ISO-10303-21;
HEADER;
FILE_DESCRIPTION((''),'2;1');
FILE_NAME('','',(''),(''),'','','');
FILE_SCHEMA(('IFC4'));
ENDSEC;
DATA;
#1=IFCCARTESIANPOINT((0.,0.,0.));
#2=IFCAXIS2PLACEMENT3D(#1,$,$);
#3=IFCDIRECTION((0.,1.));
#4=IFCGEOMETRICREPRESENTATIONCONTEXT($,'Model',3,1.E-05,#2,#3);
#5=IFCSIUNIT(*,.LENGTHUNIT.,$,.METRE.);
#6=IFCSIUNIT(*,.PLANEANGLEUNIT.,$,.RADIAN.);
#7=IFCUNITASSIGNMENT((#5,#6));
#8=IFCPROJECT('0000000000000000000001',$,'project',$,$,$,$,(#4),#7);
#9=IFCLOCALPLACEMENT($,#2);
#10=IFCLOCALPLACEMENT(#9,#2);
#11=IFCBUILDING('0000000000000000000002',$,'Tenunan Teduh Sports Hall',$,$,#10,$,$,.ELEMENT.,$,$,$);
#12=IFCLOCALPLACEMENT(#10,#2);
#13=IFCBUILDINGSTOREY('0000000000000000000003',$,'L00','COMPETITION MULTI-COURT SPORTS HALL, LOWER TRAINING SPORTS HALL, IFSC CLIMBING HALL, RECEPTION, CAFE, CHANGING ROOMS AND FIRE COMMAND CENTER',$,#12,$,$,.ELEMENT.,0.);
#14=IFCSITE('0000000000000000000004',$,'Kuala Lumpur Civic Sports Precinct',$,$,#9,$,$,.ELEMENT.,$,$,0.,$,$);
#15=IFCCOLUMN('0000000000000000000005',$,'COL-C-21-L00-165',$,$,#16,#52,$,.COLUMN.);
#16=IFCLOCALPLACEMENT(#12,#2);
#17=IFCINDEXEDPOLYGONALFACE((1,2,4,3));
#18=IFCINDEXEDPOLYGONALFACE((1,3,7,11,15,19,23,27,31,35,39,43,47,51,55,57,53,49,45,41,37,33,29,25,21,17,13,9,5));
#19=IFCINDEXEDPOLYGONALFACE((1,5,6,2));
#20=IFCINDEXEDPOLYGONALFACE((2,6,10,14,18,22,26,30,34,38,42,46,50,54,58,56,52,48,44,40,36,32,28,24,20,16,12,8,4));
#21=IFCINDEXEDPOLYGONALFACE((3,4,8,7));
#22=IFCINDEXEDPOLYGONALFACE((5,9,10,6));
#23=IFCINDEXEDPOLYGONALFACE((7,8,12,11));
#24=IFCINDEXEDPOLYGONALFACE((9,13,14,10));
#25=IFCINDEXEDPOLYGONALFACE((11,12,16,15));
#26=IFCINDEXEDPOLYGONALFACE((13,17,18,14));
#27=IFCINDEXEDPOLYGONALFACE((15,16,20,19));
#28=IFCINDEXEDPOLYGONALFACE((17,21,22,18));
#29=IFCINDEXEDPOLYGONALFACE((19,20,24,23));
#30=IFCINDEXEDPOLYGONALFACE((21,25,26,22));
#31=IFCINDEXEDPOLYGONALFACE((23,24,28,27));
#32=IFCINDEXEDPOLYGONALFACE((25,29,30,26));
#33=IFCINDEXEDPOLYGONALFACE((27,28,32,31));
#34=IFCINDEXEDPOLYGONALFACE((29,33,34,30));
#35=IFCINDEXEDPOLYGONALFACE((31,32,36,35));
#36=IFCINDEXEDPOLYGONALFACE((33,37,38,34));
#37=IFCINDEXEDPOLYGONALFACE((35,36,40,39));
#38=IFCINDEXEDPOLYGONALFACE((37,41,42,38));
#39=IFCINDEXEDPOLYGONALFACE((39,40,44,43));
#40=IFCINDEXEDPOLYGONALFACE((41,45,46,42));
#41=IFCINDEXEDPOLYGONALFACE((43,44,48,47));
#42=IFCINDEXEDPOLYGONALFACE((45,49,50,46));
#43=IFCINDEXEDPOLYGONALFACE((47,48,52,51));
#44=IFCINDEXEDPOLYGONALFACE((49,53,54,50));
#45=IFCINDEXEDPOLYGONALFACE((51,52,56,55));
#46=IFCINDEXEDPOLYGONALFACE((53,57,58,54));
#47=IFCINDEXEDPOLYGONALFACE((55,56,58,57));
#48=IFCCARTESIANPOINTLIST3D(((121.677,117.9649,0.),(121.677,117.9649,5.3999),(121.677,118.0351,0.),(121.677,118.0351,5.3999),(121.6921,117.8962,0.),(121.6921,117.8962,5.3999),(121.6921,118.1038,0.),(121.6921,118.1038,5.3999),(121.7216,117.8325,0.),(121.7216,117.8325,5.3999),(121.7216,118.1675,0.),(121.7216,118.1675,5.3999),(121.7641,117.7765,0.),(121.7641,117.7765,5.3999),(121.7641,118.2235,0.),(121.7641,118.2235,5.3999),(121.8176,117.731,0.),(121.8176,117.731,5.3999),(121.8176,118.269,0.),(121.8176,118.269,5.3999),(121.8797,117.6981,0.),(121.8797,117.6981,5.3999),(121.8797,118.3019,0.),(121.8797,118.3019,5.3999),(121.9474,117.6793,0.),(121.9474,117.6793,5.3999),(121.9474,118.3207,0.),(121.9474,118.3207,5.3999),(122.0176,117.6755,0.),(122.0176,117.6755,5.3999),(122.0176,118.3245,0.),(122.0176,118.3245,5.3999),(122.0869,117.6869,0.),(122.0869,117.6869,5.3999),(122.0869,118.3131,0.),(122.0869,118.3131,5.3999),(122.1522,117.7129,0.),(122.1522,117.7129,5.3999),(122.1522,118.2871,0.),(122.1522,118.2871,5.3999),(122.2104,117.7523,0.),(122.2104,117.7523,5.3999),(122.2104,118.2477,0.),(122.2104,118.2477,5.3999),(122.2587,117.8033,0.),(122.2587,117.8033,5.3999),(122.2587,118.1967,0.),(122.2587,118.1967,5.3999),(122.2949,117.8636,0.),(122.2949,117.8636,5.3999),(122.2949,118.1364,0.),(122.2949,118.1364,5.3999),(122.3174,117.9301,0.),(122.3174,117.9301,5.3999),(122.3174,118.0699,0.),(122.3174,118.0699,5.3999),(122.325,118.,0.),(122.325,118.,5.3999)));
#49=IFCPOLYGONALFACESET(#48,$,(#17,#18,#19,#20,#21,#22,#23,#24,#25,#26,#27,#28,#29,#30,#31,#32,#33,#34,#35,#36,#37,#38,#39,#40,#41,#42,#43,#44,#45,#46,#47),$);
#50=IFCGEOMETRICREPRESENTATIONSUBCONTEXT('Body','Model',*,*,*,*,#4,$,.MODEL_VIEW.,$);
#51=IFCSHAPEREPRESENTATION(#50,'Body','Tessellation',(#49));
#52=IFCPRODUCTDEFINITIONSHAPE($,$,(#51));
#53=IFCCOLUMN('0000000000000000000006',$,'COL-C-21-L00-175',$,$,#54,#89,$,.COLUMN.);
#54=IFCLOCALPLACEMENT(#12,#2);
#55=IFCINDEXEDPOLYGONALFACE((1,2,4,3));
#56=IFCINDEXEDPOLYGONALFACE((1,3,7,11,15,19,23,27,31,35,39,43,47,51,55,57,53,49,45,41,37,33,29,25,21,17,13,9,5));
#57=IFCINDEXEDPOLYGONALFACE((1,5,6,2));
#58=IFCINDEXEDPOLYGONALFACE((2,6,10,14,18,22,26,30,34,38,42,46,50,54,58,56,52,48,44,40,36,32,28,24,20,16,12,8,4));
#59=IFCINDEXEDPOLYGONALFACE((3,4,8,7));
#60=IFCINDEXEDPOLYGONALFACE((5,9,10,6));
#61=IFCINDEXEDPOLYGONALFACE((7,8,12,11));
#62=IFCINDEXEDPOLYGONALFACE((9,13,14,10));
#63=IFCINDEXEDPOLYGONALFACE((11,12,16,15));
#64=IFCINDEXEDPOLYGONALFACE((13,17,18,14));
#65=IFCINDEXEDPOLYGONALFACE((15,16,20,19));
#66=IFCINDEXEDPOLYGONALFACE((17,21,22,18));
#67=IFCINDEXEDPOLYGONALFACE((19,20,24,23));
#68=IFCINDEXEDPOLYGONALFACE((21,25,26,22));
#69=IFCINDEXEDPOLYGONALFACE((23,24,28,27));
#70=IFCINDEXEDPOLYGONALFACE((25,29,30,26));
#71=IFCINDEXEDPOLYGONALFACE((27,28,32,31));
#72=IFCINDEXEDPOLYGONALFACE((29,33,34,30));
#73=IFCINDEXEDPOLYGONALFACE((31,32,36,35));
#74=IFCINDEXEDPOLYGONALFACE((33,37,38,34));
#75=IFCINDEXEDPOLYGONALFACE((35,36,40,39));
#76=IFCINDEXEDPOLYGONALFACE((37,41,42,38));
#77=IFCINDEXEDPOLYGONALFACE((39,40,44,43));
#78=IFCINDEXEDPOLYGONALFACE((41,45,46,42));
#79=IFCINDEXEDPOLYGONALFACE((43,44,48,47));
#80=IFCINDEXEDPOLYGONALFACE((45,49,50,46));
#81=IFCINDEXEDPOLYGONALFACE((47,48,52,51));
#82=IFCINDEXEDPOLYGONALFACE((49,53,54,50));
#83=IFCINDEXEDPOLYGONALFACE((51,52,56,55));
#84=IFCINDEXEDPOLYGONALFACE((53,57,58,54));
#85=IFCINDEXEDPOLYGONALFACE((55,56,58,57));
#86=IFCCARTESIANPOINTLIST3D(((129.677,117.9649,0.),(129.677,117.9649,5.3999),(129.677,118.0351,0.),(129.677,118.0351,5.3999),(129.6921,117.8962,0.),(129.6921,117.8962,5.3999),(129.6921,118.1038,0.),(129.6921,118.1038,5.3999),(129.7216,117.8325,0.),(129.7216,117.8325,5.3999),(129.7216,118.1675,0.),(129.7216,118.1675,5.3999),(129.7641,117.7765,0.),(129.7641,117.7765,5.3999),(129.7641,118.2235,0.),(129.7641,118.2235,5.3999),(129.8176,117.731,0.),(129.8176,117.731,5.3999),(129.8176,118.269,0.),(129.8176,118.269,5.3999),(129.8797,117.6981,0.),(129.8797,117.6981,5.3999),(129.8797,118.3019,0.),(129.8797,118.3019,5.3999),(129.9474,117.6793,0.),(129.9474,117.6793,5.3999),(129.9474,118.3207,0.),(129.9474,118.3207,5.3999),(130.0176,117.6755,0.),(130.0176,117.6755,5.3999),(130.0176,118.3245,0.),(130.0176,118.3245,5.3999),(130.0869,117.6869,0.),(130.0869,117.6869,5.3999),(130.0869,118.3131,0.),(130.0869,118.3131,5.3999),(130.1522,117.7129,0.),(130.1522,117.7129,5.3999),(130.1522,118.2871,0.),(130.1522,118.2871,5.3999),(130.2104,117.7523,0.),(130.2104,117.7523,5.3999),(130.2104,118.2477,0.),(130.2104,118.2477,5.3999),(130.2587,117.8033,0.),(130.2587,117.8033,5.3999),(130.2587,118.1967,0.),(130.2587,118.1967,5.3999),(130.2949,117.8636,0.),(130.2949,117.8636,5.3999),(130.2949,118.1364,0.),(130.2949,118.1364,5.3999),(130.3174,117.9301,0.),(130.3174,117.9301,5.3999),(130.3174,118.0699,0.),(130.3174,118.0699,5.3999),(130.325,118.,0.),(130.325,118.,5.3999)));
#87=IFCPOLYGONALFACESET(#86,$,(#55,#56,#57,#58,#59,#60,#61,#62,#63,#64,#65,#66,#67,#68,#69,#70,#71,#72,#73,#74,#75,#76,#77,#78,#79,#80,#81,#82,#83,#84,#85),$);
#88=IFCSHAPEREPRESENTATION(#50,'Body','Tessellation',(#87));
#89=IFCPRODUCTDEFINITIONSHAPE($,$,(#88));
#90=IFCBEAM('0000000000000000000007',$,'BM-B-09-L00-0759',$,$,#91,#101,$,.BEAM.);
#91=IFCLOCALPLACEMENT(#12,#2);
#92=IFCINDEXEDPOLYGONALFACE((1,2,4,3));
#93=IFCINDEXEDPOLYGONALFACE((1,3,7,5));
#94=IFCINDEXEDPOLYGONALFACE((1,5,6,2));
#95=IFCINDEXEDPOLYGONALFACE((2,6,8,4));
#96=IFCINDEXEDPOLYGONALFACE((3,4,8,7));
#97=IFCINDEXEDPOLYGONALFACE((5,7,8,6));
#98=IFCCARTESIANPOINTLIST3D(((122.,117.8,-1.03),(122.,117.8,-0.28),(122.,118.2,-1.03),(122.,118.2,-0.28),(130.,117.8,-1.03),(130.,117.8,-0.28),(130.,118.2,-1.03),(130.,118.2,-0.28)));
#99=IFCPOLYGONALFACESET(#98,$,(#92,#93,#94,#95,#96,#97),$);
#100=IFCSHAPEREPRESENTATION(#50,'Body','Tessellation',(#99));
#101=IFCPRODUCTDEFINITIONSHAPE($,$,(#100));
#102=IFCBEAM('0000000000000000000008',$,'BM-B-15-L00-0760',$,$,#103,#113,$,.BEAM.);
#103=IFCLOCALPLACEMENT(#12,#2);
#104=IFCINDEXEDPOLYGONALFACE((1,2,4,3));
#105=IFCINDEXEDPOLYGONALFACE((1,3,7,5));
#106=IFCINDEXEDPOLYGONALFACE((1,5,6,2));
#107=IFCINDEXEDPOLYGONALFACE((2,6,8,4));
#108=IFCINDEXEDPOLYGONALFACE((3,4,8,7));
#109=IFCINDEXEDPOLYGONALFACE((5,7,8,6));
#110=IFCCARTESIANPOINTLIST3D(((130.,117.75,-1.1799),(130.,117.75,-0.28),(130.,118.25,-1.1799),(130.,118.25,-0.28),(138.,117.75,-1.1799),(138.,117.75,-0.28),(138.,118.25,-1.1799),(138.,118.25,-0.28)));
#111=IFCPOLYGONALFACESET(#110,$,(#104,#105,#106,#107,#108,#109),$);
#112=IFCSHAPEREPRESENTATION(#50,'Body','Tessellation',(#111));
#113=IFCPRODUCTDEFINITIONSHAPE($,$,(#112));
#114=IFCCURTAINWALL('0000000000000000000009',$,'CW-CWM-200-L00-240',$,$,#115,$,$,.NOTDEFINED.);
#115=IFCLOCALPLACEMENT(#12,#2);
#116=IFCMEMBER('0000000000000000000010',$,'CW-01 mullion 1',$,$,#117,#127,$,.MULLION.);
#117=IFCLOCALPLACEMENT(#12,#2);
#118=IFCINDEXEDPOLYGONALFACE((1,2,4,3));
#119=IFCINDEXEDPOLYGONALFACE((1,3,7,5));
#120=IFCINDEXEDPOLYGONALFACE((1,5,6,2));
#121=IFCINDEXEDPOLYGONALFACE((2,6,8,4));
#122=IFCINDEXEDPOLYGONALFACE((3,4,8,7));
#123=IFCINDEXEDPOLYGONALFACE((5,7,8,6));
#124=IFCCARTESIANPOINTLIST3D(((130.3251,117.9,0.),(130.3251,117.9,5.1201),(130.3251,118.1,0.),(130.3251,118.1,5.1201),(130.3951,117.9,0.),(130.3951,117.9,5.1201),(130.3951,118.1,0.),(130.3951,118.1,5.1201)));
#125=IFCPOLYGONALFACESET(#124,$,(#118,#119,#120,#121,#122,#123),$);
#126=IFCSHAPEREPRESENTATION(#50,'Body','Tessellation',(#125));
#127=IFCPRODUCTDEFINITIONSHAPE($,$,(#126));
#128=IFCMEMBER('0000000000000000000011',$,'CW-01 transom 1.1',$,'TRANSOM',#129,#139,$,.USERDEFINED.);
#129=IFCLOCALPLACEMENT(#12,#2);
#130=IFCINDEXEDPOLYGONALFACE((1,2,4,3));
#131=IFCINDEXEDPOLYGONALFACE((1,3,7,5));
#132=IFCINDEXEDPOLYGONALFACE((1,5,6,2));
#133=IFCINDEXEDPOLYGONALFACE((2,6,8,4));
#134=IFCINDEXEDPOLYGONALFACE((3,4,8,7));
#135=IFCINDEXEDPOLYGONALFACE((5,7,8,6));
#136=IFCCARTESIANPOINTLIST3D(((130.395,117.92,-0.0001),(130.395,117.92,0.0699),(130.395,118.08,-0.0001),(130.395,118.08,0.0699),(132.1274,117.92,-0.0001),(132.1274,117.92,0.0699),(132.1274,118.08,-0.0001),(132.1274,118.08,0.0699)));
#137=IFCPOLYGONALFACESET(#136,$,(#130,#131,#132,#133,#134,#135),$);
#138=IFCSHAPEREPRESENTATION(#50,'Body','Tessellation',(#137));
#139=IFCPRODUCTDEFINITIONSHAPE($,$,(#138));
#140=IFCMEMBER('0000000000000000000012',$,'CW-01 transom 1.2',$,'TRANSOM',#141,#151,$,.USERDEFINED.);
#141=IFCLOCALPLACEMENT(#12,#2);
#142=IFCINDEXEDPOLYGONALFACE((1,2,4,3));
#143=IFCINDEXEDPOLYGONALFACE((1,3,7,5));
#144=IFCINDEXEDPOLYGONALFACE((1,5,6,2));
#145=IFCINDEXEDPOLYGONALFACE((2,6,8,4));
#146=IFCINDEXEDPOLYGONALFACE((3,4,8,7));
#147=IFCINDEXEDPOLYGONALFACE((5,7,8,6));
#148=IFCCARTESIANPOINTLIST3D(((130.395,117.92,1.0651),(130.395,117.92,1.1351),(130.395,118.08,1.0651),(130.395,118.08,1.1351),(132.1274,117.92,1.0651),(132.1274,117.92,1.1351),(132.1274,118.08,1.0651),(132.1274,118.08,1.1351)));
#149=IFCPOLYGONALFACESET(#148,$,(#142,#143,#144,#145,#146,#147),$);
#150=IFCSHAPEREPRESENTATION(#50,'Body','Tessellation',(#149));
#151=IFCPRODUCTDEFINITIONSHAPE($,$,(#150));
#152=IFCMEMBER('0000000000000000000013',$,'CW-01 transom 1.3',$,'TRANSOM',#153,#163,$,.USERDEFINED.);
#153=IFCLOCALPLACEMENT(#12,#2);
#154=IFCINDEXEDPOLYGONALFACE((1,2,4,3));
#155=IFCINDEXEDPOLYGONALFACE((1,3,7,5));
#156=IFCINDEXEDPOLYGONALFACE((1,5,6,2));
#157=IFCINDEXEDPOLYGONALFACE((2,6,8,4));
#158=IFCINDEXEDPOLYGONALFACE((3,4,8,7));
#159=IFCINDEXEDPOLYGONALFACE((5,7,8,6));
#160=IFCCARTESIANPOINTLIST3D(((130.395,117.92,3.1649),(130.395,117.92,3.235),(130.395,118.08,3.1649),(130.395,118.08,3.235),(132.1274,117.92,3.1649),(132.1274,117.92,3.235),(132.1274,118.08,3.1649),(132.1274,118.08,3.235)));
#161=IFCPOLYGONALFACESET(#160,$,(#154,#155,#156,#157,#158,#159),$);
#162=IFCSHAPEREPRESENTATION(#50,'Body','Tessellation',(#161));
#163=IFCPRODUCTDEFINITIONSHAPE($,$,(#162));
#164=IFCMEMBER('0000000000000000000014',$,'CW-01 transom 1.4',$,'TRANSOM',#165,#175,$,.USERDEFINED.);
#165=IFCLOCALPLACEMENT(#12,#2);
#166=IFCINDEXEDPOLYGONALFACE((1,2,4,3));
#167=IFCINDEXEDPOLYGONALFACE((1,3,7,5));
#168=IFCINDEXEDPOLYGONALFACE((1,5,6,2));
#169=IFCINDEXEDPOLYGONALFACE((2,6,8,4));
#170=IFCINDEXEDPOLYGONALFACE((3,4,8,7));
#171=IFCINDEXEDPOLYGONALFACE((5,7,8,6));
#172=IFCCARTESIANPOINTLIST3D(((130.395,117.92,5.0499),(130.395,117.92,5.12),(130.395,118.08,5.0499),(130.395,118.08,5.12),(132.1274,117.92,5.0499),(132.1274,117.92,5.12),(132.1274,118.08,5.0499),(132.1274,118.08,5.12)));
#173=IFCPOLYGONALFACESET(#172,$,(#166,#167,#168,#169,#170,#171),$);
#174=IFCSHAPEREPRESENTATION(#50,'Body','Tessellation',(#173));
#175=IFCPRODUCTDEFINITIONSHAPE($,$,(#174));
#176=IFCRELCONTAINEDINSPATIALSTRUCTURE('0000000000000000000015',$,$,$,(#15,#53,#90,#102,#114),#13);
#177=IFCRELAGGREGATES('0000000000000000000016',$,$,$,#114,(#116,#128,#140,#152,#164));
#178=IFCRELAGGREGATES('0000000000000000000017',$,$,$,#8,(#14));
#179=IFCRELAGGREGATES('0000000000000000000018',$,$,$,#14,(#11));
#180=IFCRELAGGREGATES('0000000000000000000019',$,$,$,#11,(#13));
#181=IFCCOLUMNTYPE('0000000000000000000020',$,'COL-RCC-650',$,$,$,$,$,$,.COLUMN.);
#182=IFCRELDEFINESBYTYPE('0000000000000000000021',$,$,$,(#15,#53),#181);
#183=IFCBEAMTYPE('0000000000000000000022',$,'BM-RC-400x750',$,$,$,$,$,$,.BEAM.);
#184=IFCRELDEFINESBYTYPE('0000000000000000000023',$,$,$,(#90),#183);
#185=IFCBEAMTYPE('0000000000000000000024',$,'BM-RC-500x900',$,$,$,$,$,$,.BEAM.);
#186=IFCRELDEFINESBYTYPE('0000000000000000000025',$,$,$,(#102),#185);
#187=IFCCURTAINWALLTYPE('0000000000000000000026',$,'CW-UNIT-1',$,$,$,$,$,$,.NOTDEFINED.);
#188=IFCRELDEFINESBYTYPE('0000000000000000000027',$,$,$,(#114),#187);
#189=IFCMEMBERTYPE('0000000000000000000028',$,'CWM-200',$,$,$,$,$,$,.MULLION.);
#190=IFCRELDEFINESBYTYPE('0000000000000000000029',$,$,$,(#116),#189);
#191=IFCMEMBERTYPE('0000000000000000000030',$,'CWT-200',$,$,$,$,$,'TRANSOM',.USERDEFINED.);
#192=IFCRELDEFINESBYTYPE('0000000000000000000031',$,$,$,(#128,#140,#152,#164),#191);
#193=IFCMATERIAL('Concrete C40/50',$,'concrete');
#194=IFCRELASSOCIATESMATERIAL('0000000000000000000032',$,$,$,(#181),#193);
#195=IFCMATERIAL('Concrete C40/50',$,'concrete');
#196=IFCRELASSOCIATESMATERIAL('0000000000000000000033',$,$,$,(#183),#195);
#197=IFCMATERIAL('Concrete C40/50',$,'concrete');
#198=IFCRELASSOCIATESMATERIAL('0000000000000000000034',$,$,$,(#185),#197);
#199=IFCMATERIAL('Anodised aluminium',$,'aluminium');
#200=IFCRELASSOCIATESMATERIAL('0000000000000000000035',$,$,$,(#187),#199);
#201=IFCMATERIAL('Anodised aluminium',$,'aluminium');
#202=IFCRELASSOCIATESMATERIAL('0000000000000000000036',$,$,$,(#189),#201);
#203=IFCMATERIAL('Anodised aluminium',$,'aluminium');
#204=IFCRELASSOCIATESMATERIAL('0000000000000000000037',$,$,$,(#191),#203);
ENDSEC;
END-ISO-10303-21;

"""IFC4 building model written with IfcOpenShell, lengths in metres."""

from ifc_helpers import new_model, si_unit, direction, frame, origin, origin_2d, place, context, subcontext, project, spatial, rectangle, circle, extrude, material, material_profile, profile_set, type_object, element, aggregate, save


model = new_model("IFC4")

# Units and contexts
model_context = context("Model", 3, precision=1e-05, world=origin(), true_north=direction((0.0, 1.0)))
body_context = subcontext(model_context, "Body", "Model", "MODEL_VIEW")
ifc_project = project(units=[si_unit("LENGTHUNIT", "METRE"), si_unit("PLANEANGLEUNIT", "RADIAN")], contexts=[model_context])

# Site, building, storey
site_placement = place(None, origin())
site = spatial("IfcSite", under=ifc_project, at=site_placement, Name="Kuala Lumpur Civic Sports Precinct", CompositionType="ELEMENT", RefElevation=0.0)
building_placement = place(site_placement, origin())
building = spatial("IfcBuilding", under=site, at=building_placement, Name="Tenunan Teduh Sports Hall", CompositionType="ELEMENT")
storey_placement = place(building_placement, origin())
storey = spatial("IfcBuildingStorey", under=building, at=storey_placement, Name="L00", Description="COMPETITION MULTI-COURT SPORTS HALL, LOWER TRAINING SPORTS HALL, IFSC CLIMBING HALL, RECEPTION, CAFE, CHANGING ROOMS AND FIRE COMMAND CENTER", CompositionType="ELEMENT", Elevation=0.0)

# Columns
ifc_material_1 = material(Name="Concrete C40/50", Category="concrete")
ifc_material_profile_1 = material_profile(ifc_material_1, circle(Radius=0.325, at=origin_2d()), Name="RCC D650")
ifc_profile_set_1 = profile_set([ifc_material_profile_1], Name="Concrete C40/50")
column_type = type_object("IfcColumnType", Name="COL-RCC-650", PredefinedType="COLUMN", material=ifc_profile_set_1)
for number, where, z_axis, x_axis, name in (
    (1, (122.0, 118.0, 0.0), (0.0, 0.0, 1.0), (1.0, 0.0, 0.0), "COL-C-21-L00-165"),
    (2, (130.0, 118.0, 0.0), (0.0, 0.0, 1.0), (1.0, 0.0, 0.0), "COL-C-21-L00-175"),
):
    element("IfcColumn", number, at=place(storey_placement, frame(where, z_axis=z_axis, x_axis=x_axis)), inside=storey, type_object=column_type, Name=name, PredefinedType="COLUMN", context=body_context, shape_type="SweptSolid", body=[
        extrude(circle(Radius=0.325, at=origin_2d()), origin(), (0.0, 0.0, 1.0), 5.3999),
    ])

# Beams
ifc_material_2 = material(Name="Concrete C40/50", Category="concrete")
ifc_material_profile_2 = material_profile(ifc_material_2, rectangle(XDim=0.3999, YDim=0.75, at=origin_2d()), Name="RCB 400x750")
ifc_profile_set_2 = profile_set([ifc_material_profile_2], Name="Concrete C40/50")
beam_type_1 = type_object("IfcBeamType", Name="BM-RC-400x750", PredefinedType="BEAM", material=ifc_profile_set_2)
beam_1_placement = place(storey_placement, frame((122.0, 118.0, -0.655), z_axis=(1.0, 0.0, 0.0), x_axis=(0.0, 1.0, 0.0)))
element("IfcBeam", 3, at=beam_1_placement, inside=storey, type_object=beam_type_1, Name="BM-B-09-L00-0759", PredefinedType="BEAM", context=body_context, shape_type="SweptSolid", body=[
    extrude(rectangle(XDim=0.3999, YDim=0.75, at=origin_2d()), origin(), (0.0, 0.0, 1.0), 8.0),
])
ifc_material_3 = material(Name="Concrete C40/50", Category="concrete")
ifc_material_profile_3 = material_profile(ifc_material_3, rectangle(XDim=0.5, YDim=0.8999, at=origin_2d()), Name="RCB 500x900")
ifc_profile_set_3 = profile_set([ifc_material_profile_3], Name="Concrete C40/50")
beam_type_2 = type_object("IfcBeamType", Name="BM-RC-500x900", PredefinedType="BEAM", material=ifc_profile_set_3)
beam_2_placement = place(storey_placement, frame((130.0, 118.0, -0.73), z_axis=(1.0, 0.0, 0.0), x_axis=(0.0, 1.0, 0.0)))
element("IfcBeam", 4, at=beam_2_placement, inside=storey, type_object=beam_type_2, Name="BM-B-15-L00-0760", PredefinedType="BEAM", context=body_context, shape_type="SweptSolid", body=[
    extrude(rectangle(XDim=0.5, YDim=0.8999, at=origin_2d()), origin(), (0.0, 0.0, 1.0), 8.0),
])

# Curtain wall, members
ifc_material_4 = material(Name="Anodised aluminium", Category="aluminium")
curtain_wall_type = type_object("IfcCurtainWallType", Name="CW-UNIT-1", PredefinedType="NOTDEFINED", material=ifc_material_4)
curtain_wall_placement = place(storey_placement, origin())
curtain_wall = element("IfcCurtainWall", 5, at=curtain_wall_placement, inside=storey, type_object=curtain_wall_type, Name="CW-CWM-200-L00-240", PredefinedType="NOTDEFINED")
ifc_material_5 = material(Name="Anodised aluminium", Category="aluminium")
ifc_material_profile_4 = material_profile(ifc_material_5, rectangle(XDim=0.0701, YDim=0.2, at=origin_2d()), Name="CWM 70x200")
ifc_profile_set_4 = profile_set([ifc_material_profile_4], Name="Anodised aluminium")
member_type_1 = type_object("IfcMemberType", Name="CWM-200", PredefinedType="MULLION", material=ifc_profile_set_4)
member_1_placement = place(storey_placement, frame((130.3601, 118.0, 0.0), z_axis=(0.0, 0.0, 1.0), x_axis=(1.0, 0.0, 0.0)))
member_1 = element("IfcMember", 6, at=member_1_placement, type_object=member_type_1, Name="CW-01 mullion 1", PredefinedType="MULLION", context=body_context, shape_type="SweptSolid", body=[
    extrude(rectangle(XDim=0.0701, YDim=0.2, at=origin_2d()), origin(), (0.0, 0.0, 1.0), 5.1201),
])
ifc_material_6 = material(Name="Anodised aluminium", Category="aluminium")
ifc_material_profile_5 = material_profile(ifc_material_6, rectangle(XDim=0.0701, YDim=0.1599, at=origin_2d()), Name="CWT 70x160")
ifc_profile_set_5 = profile_set([ifc_material_profile_5], Name="Anodised aluminium")
member_type_2 = type_object("IfcMemberType", Name="CWT-200", ElementType="TRANSOM", PredefinedType="USERDEFINED", material=ifc_profile_set_5)
member_2_placement = place(storey_placement, frame((130.395, 118.0, 0.0349), z_axis=(1.0, 0.0, 0.0), x_axis=(0.0, 0.0, 1.0)))
member_2 = element("IfcMember", 7, at=member_2_placement, type_object=member_type_2, Name="CW-01 transom 1.1", ObjectType="TRANSOM", PredefinedType="USERDEFINED", context=body_context, shape_type="SweptSolid", body=[
    extrude(rectangle(XDim=0.0701, YDim=0.1599, at=origin_2d()), origin(), (0.0, 0.0, 1.0), 1.7324),
])
member_3_placement = place(storey_placement, frame((130.395, 118.0, 1.1001), z_axis=(1.0, 0.0, 0.0), x_axis=(0.0, 0.0, 1.0)))
member_3 = element("IfcMember", 8, at=member_3_placement, type_object=member_type_2, Name="CW-01 transom 1.2", ObjectType="TRANSOM", PredefinedType="USERDEFINED", context=body_context, shape_type="SweptSolid", body=[
    extrude(rectangle(XDim=0.0701, YDim=0.1599, at=origin_2d()), origin(), (0.0, 0.0, 1.0), 1.7324),
])
member_4_placement = place(storey_placement, frame((130.395, 118.0, 3.2), z_axis=(1.0, 0.0, 0.0), x_axis=(0.0, 0.0, 1.0)))
member_4 = element("IfcMember", 9, at=member_4_placement, type_object=member_type_2, Name="CW-01 transom 1.3", ObjectType="TRANSOM", PredefinedType="USERDEFINED", context=body_context, shape_type="SweptSolid", body=[
    extrude(rectangle(XDim=0.0701, YDim=0.1599, at=origin_2d()), origin(), (0.0, 0.0, 1.0), 1.7324),
])
member_5_placement = place(storey_placement, frame((130.395, 118.0, 5.085), z_axis=(1.0, 0.0, 0.0), x_axis=(0.0, 0.0, 1.0)))
member_5 = element("IfcMember", 10, at=member_5_placement, type_object=member_type_2, Name="CW-01 transom 1.4", ObjectType="TRANSOM", PredefinedType="USERDEFINED", context=body_context, shape_type="SweptSolid", body=[
    extrude(rectangle(XDim=0.0701, YDim=0.1599, at=origin_2d()), origin(), (0.0, 0.0, 1.0), 1.7324),
])
aggregate(curtain_wall, [member_1, member_2, member_3, member_4, member_5])

save(model, "model.ifc")
